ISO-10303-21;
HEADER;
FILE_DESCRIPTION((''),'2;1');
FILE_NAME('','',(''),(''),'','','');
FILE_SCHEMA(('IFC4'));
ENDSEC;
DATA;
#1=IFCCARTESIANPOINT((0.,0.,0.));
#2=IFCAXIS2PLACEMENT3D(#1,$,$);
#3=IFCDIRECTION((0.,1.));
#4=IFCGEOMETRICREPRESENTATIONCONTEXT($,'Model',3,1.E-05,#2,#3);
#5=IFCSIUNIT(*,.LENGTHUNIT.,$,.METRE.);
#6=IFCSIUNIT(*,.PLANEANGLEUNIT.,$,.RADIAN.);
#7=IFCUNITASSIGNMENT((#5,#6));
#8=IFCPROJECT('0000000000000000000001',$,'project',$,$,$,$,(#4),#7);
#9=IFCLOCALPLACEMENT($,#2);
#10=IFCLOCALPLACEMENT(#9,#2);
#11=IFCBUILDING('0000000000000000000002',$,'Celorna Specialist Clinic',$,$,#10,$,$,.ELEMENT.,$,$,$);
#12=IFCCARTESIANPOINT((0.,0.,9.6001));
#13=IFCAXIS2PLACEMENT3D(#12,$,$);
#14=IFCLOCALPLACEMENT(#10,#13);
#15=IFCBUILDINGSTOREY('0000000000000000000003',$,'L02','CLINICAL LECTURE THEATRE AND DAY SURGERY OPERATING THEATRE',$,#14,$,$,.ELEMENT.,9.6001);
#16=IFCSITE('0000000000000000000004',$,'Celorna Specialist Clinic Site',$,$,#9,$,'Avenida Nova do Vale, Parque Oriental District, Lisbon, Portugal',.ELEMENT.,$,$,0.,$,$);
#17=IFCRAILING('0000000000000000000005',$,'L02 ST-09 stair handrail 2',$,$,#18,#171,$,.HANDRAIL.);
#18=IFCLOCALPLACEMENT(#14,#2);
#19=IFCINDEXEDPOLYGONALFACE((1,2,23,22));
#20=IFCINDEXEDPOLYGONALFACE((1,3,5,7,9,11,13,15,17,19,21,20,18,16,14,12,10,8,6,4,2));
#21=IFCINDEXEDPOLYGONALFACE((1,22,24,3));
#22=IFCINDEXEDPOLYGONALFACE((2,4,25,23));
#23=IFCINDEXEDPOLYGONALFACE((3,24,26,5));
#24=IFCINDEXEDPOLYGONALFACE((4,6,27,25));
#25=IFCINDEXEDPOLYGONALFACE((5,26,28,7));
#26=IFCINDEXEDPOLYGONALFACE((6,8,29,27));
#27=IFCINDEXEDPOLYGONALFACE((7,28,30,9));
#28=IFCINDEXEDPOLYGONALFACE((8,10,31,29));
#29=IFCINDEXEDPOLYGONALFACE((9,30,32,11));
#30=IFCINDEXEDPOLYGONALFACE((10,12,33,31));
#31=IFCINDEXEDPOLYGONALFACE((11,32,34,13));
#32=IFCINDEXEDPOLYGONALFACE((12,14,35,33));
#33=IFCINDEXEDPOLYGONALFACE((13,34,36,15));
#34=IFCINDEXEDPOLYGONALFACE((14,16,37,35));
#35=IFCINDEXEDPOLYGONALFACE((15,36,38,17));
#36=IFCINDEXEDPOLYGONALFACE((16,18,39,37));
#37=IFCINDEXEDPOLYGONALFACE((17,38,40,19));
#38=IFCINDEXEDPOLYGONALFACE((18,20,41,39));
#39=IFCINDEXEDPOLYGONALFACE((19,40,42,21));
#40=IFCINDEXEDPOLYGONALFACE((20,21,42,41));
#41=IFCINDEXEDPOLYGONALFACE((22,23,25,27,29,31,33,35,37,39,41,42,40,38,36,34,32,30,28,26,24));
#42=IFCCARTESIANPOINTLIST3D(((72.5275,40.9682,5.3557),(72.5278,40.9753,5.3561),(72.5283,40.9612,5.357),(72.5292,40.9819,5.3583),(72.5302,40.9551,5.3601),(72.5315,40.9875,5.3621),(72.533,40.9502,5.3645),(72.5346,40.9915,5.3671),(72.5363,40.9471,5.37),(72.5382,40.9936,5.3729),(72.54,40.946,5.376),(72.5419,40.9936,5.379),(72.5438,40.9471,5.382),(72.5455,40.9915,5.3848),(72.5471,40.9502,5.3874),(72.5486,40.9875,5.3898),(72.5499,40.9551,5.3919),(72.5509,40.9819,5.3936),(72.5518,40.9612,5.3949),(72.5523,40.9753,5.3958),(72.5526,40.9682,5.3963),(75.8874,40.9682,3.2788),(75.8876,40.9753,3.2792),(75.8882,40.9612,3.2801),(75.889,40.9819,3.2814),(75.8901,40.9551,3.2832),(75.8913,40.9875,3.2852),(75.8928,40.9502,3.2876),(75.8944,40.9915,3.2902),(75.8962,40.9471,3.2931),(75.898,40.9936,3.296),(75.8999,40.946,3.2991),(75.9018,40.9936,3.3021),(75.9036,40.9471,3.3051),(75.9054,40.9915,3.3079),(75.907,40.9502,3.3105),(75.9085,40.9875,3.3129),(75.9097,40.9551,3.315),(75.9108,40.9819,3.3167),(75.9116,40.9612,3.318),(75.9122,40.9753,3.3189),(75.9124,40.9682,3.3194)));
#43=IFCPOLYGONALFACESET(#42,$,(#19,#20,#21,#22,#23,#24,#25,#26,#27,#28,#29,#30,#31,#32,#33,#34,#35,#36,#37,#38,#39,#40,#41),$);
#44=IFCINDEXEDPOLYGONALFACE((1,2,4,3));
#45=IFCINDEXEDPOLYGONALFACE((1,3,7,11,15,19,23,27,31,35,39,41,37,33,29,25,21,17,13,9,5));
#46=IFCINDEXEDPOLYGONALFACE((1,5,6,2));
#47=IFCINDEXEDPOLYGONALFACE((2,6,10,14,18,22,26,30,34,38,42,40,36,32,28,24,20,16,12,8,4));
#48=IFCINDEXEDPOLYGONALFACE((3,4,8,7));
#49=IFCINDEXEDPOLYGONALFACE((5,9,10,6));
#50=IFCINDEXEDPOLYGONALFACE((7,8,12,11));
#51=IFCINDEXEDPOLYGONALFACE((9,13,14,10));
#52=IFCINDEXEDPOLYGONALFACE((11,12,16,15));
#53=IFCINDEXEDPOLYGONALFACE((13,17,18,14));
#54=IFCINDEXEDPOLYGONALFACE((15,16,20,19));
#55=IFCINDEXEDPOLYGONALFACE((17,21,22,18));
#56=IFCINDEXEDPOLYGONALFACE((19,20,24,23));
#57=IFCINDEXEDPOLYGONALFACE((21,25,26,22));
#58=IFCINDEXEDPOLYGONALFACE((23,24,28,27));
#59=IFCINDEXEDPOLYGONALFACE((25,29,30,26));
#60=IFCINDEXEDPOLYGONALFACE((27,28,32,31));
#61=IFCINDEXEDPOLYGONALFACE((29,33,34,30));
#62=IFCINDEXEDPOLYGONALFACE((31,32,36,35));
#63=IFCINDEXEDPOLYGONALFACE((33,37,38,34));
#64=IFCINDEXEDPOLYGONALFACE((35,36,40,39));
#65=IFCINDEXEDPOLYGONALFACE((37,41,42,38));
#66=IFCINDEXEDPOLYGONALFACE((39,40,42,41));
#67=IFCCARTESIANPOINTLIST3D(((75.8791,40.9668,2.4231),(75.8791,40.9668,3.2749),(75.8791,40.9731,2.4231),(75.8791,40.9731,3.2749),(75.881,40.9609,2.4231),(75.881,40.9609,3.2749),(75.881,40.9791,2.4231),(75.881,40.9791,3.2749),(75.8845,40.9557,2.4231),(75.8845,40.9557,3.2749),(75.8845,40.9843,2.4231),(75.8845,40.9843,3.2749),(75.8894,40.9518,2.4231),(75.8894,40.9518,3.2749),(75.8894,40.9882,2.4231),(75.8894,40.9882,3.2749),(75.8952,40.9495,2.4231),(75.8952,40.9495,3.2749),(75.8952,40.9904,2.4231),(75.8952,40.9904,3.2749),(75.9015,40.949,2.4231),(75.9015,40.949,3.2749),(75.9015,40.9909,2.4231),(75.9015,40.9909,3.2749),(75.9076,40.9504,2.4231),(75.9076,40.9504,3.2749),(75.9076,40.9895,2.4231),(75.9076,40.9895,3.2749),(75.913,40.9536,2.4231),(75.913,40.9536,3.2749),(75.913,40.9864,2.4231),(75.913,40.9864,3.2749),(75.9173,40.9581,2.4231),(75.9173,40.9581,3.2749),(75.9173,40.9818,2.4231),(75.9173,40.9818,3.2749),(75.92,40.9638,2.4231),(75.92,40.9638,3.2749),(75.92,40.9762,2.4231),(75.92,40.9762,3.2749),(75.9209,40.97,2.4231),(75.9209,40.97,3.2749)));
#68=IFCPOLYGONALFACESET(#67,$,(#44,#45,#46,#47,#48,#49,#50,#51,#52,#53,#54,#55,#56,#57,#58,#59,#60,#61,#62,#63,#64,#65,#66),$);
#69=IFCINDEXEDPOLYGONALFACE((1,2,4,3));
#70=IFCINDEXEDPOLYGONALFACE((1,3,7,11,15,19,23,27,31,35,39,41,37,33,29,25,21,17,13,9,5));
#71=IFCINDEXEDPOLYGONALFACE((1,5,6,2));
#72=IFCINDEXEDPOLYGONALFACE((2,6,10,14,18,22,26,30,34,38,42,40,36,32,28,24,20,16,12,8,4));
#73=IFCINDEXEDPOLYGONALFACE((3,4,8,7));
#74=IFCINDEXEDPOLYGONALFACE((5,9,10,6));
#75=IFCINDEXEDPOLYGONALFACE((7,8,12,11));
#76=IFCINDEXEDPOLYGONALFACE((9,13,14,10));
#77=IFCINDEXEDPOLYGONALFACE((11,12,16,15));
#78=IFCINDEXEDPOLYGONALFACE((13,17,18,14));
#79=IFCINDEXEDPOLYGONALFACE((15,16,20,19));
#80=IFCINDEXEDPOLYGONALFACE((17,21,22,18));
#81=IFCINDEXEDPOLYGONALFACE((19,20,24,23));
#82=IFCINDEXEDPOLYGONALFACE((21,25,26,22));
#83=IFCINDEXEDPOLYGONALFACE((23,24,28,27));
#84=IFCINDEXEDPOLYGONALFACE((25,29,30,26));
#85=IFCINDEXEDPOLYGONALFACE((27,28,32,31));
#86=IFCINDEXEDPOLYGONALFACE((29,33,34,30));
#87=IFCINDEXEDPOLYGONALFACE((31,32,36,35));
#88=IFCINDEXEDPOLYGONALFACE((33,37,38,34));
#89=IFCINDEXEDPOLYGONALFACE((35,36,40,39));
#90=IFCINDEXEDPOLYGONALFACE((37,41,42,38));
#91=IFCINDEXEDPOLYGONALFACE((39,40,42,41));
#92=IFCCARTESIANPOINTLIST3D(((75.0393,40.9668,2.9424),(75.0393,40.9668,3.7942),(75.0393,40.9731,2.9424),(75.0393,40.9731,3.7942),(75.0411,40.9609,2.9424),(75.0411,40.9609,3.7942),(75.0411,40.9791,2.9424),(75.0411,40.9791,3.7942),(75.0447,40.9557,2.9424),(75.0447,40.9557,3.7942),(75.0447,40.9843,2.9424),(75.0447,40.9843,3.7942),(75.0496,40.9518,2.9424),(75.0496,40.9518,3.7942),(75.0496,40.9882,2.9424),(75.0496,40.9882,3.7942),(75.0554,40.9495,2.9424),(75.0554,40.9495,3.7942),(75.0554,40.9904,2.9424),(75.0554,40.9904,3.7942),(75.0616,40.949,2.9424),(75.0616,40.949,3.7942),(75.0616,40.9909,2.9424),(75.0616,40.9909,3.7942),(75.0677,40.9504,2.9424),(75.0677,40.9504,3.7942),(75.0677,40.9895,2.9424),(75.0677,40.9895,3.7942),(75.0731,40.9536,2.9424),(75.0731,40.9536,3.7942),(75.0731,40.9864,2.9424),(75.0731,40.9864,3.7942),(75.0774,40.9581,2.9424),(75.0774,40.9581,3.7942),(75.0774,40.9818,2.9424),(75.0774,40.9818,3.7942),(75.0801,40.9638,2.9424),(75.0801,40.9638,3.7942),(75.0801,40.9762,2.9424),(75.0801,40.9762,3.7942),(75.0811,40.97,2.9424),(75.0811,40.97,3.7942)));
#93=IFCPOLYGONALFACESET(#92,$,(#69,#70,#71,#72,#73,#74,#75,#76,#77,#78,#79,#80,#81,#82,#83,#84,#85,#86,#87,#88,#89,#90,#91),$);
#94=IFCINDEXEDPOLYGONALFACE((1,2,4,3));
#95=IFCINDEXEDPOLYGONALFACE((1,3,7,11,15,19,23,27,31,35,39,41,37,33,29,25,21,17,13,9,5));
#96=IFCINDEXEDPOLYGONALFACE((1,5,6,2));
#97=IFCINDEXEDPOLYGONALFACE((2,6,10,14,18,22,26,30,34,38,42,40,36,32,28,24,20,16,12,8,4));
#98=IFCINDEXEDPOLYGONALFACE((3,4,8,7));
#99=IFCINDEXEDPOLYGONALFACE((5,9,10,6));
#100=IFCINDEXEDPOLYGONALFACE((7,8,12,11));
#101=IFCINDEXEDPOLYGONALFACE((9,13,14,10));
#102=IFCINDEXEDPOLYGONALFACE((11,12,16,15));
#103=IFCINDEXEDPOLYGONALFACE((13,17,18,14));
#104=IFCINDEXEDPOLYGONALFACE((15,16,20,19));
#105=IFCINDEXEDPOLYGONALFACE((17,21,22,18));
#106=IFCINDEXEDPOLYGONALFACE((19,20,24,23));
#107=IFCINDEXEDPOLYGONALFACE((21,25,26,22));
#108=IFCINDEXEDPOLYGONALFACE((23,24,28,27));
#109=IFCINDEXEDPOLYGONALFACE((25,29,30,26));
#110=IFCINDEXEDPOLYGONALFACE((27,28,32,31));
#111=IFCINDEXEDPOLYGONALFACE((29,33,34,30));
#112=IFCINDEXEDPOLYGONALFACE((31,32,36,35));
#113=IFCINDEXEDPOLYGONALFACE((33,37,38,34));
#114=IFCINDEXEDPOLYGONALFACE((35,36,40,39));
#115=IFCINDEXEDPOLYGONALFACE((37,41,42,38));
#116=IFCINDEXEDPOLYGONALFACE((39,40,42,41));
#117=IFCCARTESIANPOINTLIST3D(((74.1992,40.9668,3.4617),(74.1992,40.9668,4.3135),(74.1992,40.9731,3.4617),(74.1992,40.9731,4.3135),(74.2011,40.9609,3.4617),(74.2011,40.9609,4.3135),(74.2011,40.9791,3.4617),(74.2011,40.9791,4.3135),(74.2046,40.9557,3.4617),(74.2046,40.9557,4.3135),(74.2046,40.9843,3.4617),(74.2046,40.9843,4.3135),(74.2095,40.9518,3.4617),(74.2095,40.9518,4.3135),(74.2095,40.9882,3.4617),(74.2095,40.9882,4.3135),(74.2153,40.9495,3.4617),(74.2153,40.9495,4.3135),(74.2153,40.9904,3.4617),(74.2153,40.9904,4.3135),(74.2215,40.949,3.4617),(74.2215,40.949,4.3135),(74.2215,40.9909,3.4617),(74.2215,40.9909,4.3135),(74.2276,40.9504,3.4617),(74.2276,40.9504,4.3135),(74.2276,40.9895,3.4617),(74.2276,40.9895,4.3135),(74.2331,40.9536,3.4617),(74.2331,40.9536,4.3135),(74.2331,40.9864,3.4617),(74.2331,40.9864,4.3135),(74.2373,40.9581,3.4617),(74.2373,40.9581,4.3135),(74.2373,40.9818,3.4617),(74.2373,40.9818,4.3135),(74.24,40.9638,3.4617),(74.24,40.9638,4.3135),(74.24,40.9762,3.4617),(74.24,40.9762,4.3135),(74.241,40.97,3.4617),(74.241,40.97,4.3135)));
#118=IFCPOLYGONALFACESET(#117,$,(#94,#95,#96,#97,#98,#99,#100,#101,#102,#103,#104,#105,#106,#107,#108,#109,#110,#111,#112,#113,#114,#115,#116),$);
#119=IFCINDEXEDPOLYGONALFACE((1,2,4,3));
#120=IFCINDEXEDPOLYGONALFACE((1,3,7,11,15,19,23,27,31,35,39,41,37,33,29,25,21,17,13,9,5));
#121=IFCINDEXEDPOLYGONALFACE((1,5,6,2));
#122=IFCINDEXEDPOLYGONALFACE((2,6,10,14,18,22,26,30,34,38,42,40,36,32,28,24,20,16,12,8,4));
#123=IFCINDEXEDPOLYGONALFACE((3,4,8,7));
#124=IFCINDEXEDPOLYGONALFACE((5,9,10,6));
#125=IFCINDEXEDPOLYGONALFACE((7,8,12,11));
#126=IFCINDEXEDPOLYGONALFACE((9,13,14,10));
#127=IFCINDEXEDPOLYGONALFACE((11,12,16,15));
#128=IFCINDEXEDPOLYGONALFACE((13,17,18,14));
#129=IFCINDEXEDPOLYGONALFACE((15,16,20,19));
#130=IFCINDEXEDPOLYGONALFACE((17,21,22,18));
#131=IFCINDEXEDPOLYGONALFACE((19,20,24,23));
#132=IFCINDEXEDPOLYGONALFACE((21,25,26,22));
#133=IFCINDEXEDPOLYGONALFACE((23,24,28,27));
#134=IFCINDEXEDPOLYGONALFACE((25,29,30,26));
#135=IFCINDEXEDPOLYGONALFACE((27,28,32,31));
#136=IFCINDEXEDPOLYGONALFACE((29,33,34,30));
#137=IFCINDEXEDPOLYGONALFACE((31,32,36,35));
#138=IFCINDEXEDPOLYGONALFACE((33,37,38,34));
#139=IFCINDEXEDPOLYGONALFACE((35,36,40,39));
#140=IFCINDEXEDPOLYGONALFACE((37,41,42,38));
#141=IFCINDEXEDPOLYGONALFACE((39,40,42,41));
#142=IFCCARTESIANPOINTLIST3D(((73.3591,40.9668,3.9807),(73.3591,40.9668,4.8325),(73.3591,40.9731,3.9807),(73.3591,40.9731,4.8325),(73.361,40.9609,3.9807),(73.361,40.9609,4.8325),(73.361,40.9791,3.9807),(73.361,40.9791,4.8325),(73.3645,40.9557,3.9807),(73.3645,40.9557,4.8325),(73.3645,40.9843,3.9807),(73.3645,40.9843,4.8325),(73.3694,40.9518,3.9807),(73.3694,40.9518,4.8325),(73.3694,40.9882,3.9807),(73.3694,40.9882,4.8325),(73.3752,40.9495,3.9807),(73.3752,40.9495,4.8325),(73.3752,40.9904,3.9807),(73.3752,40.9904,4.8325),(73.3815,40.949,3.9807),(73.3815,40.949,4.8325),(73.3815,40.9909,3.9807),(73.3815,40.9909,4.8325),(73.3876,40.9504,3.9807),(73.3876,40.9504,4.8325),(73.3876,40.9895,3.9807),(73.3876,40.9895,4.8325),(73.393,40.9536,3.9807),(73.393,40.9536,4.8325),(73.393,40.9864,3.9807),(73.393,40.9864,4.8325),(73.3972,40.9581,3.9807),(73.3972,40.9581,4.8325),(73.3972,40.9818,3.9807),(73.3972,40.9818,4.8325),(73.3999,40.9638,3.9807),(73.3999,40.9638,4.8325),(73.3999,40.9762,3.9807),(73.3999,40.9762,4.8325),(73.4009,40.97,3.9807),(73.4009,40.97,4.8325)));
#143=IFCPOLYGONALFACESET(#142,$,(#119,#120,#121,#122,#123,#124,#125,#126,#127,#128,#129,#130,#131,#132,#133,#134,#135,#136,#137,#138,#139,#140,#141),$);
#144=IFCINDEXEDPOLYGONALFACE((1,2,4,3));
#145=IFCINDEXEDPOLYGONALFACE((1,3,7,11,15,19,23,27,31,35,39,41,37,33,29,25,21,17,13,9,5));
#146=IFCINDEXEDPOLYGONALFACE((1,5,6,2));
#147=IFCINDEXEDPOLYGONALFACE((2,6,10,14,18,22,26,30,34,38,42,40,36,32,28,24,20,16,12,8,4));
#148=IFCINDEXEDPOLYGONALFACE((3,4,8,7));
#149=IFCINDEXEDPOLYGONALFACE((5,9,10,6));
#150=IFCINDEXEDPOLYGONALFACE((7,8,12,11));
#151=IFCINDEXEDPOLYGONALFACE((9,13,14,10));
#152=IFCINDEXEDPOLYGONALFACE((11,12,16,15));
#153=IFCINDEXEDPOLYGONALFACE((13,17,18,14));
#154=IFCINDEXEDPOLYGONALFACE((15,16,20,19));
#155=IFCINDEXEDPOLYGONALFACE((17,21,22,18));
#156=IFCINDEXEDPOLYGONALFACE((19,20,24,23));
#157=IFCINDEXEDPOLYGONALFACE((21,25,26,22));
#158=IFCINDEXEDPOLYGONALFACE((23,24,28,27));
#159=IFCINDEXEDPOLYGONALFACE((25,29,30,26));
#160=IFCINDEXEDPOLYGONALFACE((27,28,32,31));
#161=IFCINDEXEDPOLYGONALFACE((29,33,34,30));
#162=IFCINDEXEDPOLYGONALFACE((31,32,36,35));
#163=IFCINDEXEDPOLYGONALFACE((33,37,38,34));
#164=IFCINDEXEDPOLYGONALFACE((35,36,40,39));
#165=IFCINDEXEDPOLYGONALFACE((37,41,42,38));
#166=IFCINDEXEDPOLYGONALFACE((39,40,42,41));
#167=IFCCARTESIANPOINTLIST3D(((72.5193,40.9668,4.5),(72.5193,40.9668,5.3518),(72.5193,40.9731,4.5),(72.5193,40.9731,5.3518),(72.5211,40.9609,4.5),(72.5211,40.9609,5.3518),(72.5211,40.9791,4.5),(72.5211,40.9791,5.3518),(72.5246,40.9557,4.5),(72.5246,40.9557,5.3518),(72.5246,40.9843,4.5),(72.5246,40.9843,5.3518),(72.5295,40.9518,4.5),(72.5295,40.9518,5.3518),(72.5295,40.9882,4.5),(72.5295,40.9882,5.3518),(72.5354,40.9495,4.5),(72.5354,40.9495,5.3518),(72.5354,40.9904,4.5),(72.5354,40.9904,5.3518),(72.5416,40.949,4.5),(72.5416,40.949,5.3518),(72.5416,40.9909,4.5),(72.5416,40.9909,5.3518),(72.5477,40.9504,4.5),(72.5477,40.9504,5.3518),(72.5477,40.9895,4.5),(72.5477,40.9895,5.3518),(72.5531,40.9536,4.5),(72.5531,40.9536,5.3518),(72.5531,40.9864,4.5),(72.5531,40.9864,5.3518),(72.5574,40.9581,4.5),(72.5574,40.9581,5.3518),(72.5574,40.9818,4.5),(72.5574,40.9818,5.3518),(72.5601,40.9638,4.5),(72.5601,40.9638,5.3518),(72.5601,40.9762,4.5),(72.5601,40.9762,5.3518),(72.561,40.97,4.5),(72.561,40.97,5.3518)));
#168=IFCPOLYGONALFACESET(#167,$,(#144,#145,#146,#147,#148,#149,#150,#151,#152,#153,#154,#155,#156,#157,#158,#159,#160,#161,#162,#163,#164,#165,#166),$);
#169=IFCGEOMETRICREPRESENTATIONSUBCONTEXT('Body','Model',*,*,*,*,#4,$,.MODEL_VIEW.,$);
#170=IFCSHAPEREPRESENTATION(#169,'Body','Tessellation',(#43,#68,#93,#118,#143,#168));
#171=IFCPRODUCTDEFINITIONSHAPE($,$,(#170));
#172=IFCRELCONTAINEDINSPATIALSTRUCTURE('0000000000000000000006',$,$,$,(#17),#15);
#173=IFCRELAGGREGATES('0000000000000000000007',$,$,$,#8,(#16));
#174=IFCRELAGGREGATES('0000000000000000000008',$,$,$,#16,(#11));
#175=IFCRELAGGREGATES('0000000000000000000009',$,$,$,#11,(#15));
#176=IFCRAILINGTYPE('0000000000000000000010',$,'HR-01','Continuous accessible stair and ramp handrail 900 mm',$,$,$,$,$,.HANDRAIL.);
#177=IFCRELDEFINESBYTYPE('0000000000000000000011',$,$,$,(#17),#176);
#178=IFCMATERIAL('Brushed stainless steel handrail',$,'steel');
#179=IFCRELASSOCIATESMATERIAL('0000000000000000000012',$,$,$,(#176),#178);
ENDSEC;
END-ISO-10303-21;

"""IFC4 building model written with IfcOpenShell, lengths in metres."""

from ifc_helpers import new_model, si_unit, direction, frame, origin, origin_2d, place, context, subcontext, project, spatial, circle, extrude, material, type_object, element, save


model = new_model("IFC4")

# Units and contexts
model_context = context("Model", 3, precision=1e-05, world=origin(), true_north=direction((0.0, 1.0)))
body_context = subcontext(model_context, "Body", "Model", "MODEL_VIEW")
ifc_project = project(units=[si_unit("LENGTHUNIT", "METRE"), si_unit("PLANEANGLEUNIT", "RADIAN")], contexts=[model_context])

# Site, building, storey
site_placement = place(None, origin())
site = spatial("IfcSite", under=ifc_project, at=site_placement, Name="Celorna Specialist Clinic Site", LongName="Avenida Nova do Vale, Parque Oriental District, Lisbon, Portugal", CompositionType="ELEMENT", RefElevation=0.0)
building_placement = place(site_placement, origin())
building = spatial("IfcBuilding", under=site, at=building_placement, Name="Celorna Specialist Clinic", CompositionType="ELEMENT")
storey_placement = place(building_placement, frame((0.0, 0.0, 9.6001)))
storey = spatial("IfcBuildingStorey", under=building, at=storey_placement, Name="L02", Description="CLINICAL LECTURE THEATRE AND DAY SURGERY OPERATING THEATRE", CompositionType="ELEMENT", Elevation=9.6001)

# Railing
ifc_material_1 = material(Name="Brushed stainless steel handrail", Category="steel")
railing_type_1 = type_object("IfcRailingType", Name="HR-01", Description="Continuous accessible stair and ramp handrail 900 mm", PredefinedType="HANDRAIL", material=ifc_material_1)
railing_1_placement = place(storey_placement, frame((75.8999, 40.97, 2.4231)))
element("IfcRailing", 1, at=railing_1_placement, inside=storey, type_object=railing_type_1, Name="L02 ST-09 stair handrail 2", PredefinedType="HANDRAIL", context=body_context, shape_type="SweptSolid", body=[
    extrude(circle(Radius=0.0239, at=origin_2d()), frame((0.0, 0.0, 0.876), z_axis=(-0.850606, 0.0, 0.525803), x_axis=(0.0, -1.0, 0.0)), (0.0, 0.0, 1.0), 3.95),
    extrude(circle(Radius=0.021, at=origin_2d()), origin(), (0.0, 0.0, 1.0), 0.8518),
    extrude(circle(Radius=0.021, at=origin_2d()), frame((-0.8398, 0.0, 0.5193)), (0.0, 0.0, 1.0), 0.8518),
    extrude(circle(Radius=0.021, at=origin_2d()), frame((-1.6799, 0.0, 1.0386)), (0.0, 0.0, 1.0), 0.8518),
    extrude(circle(Radius=0.021, at=origin_2d()), frame((-2.52, 0.0, 1.5576)), (0.0, 0.0, 1.0), 0.8518),
    extrude(circle(Radius=0.021, at=origin_2d()), frame((-3.3599, 0.0, 2.0769)), (0.0, 0.0, 1.0), 0.8518),
])

save(model, "model.ifc")
